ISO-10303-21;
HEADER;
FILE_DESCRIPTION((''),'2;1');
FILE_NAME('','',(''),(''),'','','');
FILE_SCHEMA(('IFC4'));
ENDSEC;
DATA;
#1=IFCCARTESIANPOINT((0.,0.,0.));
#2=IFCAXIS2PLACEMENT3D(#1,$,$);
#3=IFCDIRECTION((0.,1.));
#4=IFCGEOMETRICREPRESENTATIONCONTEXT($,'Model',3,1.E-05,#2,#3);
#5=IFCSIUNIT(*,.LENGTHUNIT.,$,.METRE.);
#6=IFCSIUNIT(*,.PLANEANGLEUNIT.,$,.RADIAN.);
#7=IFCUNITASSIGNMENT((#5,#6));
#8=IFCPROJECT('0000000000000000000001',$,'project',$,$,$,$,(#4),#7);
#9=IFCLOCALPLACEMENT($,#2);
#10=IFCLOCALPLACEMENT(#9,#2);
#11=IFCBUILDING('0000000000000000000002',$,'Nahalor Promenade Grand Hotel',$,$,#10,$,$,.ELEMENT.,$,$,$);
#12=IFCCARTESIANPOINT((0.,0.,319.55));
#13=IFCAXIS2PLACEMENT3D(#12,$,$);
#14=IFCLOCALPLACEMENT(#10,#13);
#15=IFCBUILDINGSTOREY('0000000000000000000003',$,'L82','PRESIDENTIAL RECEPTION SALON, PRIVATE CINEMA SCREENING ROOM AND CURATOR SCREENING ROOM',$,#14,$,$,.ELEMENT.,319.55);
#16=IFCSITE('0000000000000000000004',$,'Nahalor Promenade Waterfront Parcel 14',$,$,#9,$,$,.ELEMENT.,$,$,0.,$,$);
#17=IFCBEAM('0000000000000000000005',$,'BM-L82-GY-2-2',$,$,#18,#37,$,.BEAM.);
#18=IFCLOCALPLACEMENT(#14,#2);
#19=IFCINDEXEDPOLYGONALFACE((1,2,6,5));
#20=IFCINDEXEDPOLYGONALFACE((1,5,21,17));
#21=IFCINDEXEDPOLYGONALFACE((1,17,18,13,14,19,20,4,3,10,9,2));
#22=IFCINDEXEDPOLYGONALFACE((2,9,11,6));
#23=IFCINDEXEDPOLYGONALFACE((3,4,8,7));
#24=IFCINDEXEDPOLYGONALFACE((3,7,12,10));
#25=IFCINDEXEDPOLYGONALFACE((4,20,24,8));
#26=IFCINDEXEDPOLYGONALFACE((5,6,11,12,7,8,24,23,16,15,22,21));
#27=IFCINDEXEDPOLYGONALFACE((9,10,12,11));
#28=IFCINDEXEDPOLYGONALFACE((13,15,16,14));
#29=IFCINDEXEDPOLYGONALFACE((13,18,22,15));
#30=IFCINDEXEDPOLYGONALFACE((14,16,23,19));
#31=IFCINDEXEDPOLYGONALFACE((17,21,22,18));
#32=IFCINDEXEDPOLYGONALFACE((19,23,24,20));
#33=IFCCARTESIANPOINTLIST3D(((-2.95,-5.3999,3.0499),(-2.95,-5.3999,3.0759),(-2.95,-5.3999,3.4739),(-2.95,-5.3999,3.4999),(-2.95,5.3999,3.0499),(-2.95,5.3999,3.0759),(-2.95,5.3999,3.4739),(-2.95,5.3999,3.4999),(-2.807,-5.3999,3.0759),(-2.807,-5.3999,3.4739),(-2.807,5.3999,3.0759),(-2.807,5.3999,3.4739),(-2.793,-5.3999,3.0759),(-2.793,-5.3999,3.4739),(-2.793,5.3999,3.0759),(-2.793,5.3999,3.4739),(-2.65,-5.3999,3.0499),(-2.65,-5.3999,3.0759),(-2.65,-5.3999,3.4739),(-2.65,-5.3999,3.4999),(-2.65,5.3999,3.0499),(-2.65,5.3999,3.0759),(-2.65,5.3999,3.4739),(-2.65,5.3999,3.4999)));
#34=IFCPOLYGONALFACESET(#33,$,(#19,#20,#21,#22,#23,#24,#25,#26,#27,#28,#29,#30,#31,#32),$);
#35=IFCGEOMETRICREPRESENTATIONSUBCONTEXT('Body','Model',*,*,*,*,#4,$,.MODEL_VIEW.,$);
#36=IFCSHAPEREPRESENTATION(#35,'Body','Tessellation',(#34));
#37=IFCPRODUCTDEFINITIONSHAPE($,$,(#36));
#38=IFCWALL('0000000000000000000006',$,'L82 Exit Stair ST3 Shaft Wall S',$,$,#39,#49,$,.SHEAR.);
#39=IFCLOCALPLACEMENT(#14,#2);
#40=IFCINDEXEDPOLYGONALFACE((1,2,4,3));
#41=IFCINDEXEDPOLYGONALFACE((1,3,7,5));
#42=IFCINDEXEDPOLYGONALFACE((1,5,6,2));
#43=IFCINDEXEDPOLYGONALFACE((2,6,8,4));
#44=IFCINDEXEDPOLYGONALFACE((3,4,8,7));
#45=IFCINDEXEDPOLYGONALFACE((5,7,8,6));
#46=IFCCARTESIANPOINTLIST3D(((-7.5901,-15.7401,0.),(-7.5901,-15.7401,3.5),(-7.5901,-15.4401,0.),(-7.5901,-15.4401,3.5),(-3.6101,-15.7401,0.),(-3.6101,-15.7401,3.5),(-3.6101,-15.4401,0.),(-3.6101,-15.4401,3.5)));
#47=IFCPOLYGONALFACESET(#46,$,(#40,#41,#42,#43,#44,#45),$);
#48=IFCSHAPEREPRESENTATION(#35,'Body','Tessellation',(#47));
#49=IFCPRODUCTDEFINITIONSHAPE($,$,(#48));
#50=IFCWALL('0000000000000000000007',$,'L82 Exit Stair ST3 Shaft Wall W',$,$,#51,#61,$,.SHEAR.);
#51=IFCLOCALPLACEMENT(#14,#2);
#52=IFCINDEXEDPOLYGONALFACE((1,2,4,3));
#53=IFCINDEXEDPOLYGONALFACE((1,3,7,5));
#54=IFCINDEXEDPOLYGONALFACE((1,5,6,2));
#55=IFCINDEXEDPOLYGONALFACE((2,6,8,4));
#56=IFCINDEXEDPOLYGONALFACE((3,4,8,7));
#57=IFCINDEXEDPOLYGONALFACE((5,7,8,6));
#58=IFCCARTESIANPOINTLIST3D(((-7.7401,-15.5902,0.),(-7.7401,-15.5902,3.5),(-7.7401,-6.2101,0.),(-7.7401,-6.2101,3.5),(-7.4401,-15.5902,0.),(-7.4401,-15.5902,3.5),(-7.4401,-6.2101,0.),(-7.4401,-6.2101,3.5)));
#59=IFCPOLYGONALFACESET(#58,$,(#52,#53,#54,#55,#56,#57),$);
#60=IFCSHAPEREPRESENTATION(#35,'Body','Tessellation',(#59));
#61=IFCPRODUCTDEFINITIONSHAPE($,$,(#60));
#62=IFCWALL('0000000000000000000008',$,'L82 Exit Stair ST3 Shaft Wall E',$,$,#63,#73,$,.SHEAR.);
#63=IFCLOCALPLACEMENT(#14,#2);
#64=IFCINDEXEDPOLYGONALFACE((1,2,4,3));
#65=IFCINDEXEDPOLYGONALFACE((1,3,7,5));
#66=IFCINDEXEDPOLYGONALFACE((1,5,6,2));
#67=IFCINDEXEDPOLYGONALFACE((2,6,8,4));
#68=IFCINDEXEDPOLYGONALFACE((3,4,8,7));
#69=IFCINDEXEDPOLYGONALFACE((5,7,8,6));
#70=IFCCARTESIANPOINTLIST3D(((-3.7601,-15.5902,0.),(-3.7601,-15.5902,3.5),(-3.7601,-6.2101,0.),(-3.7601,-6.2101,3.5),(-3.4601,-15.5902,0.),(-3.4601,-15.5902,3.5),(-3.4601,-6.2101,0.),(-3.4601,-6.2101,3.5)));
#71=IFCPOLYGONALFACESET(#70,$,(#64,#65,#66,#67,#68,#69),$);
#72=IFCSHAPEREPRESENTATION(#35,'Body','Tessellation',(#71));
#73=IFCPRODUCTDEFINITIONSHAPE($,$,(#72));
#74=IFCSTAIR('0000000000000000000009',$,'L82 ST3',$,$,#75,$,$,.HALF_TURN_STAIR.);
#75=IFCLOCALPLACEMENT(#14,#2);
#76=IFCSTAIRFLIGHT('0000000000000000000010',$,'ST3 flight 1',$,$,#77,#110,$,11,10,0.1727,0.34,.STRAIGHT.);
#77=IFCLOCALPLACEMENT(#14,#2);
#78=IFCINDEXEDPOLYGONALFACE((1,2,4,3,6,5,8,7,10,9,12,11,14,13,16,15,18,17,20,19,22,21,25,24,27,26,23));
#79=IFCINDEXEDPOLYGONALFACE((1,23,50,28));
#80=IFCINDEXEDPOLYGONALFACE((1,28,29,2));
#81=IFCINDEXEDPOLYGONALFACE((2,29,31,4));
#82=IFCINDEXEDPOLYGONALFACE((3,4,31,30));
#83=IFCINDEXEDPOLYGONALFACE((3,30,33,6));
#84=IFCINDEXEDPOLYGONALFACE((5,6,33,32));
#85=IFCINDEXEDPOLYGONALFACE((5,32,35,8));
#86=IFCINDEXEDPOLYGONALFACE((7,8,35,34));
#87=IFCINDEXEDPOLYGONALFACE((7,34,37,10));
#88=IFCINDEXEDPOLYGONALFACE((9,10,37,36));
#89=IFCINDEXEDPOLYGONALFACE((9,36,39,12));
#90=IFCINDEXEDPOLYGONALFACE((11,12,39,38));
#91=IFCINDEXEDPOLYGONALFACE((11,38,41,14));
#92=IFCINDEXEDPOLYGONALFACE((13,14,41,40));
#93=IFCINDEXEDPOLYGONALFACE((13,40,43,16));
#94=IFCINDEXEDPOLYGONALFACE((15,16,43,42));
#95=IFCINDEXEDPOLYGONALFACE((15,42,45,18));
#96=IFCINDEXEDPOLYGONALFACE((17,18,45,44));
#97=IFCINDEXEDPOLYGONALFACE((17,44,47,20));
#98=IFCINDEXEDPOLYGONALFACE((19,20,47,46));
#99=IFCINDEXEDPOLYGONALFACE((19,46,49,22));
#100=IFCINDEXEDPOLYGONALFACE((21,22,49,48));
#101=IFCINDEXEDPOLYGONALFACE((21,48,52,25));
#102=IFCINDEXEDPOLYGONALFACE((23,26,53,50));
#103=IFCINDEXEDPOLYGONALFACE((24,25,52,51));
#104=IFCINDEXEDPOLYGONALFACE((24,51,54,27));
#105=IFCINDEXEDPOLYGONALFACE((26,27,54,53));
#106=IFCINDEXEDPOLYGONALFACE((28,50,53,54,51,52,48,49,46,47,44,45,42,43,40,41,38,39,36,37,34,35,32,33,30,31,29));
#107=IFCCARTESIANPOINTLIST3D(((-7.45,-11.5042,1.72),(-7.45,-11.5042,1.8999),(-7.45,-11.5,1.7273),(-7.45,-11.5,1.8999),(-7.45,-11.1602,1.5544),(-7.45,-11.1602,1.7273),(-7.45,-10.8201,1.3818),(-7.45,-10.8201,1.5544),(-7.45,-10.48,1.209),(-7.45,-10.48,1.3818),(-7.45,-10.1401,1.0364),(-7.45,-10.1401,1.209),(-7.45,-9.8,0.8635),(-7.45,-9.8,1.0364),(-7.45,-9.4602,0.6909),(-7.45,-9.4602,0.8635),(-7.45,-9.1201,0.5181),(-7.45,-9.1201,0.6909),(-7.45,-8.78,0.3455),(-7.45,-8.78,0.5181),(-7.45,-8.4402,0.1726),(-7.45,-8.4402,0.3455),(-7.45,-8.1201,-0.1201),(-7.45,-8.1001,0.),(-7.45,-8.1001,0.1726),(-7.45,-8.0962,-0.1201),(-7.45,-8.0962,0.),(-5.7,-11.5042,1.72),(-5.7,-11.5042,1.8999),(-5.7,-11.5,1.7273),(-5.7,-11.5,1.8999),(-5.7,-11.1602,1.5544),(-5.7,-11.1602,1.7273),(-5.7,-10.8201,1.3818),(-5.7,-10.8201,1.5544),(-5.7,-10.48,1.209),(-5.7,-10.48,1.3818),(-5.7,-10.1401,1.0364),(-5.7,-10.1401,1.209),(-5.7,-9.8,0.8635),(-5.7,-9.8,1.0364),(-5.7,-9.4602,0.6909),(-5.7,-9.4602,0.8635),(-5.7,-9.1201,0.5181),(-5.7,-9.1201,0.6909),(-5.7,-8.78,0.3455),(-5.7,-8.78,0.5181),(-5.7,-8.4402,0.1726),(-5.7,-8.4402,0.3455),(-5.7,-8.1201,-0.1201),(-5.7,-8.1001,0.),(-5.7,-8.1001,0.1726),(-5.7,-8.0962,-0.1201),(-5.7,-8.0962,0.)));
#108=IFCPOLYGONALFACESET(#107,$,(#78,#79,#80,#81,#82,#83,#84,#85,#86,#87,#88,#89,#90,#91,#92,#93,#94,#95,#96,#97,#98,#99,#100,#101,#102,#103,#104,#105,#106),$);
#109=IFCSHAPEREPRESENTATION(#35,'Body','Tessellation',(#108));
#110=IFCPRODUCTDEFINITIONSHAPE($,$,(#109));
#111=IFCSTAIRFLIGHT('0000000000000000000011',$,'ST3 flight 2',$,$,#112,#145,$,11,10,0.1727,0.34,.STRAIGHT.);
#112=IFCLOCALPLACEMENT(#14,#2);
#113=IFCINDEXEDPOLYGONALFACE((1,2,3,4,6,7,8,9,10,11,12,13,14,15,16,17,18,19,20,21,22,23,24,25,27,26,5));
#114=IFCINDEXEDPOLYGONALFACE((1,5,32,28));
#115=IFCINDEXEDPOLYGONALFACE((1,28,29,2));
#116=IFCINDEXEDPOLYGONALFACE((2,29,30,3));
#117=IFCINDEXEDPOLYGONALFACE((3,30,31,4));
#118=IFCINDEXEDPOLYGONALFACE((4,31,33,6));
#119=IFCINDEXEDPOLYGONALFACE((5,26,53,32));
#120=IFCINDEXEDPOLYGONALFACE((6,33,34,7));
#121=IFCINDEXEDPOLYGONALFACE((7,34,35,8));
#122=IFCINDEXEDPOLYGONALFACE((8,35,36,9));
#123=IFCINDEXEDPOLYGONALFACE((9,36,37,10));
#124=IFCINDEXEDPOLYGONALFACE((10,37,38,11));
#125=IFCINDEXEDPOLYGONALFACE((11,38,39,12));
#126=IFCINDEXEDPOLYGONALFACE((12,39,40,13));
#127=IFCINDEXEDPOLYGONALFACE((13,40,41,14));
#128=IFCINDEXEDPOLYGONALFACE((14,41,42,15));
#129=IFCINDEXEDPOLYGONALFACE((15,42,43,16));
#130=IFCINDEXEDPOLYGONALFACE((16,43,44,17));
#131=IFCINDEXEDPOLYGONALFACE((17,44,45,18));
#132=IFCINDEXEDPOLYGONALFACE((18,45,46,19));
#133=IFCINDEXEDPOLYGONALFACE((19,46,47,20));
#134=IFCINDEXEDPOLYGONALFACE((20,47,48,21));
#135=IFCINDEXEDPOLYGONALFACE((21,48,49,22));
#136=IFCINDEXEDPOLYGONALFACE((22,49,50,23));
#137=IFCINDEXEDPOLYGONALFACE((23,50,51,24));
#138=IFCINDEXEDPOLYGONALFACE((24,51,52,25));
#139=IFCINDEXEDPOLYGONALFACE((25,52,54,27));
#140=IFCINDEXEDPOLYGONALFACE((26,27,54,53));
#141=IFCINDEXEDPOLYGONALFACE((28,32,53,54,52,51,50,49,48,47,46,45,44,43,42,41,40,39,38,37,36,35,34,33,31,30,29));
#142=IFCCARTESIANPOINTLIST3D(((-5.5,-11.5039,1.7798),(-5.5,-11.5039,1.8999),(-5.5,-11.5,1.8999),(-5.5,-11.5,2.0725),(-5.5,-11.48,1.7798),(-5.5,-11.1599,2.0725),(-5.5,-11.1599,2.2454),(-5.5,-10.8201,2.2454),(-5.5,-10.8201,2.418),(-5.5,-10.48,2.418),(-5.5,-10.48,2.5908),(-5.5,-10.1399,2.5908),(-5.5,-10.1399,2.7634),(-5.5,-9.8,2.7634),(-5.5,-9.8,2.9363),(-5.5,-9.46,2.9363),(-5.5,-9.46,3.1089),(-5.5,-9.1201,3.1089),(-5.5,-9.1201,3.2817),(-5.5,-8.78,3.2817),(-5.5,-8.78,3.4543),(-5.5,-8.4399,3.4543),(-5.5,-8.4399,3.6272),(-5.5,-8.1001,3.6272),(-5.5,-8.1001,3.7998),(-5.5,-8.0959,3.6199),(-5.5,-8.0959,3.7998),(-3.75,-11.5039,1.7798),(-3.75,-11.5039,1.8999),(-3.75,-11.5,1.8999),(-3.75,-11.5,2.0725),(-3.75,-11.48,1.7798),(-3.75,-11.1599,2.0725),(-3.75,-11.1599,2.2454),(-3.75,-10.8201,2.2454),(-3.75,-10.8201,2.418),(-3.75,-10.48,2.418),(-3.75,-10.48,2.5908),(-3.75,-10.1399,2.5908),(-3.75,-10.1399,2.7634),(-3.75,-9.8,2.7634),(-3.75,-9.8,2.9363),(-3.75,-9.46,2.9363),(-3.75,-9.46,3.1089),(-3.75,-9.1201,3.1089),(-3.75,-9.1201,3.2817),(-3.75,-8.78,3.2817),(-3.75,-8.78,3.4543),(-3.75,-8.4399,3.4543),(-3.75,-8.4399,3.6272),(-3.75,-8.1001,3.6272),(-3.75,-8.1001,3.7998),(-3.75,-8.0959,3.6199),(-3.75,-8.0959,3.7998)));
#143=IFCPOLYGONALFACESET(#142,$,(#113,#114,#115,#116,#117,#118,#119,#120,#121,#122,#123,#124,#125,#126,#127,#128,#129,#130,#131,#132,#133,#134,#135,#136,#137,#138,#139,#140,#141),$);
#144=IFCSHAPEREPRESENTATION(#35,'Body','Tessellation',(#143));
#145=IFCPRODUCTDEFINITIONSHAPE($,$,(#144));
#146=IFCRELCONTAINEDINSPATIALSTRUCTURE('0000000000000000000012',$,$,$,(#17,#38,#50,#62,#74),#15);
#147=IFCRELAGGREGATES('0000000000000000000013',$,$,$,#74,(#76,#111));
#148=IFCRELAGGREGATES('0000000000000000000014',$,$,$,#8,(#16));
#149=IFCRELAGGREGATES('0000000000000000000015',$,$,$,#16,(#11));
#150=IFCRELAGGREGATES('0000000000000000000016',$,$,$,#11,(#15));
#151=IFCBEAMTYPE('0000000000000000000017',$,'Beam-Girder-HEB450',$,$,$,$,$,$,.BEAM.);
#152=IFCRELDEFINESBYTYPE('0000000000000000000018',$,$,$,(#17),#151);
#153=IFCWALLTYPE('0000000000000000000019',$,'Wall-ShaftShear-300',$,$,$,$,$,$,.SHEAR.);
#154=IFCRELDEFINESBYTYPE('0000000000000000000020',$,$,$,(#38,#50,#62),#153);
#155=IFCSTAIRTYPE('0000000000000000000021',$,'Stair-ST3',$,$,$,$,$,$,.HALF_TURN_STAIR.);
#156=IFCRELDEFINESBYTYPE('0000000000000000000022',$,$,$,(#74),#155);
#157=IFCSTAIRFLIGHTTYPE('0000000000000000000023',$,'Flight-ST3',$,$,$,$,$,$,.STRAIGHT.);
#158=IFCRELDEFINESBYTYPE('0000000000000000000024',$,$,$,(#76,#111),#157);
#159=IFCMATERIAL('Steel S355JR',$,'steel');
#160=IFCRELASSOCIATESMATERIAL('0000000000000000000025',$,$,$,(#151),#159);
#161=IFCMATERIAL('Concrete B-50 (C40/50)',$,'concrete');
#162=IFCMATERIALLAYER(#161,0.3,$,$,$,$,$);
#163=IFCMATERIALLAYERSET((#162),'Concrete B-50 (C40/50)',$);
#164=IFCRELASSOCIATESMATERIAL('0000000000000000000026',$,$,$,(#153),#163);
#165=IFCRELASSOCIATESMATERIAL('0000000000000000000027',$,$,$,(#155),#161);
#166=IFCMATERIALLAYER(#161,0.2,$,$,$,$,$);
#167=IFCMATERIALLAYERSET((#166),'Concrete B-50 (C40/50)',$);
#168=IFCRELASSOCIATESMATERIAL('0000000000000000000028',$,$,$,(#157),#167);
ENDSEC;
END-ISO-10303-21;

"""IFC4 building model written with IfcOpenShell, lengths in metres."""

from ifc_helpers import new_model, si_unit, direction, frame, frame_2d, origin, origin_2d, place, context, subcontext, project, spatial, polyline, rectangle, i_section, outline, extrude, source, transform, mapped, material, layer, layer_set, material_profile, profile_set, type_object, element, aggregate, save


model = new_model("IFC4")

# Units and contexts
model_context = context("Model", 3, precision=1e-05, world=origin(), true_north=direction((0.0, 1.0)))
body_context = subcontext(model_context, "Body", "Model", "MODEL_VIEW")
ifc_project = project(units=[si_unit("LENGTHUNIT", "METRE"), si_unit("PLANEANGLEUNIT", "RADIAN")], contexts=[model_context])

# Site, building, storey
site_placement = place(None, origin())
site = spatial("IfcSite", under=ifc_project, at=site_placement, Name="Nahalor Promenade Waterfront Parcel 14", CompositionType="ELEMENT", RefElevation=0.0)
building_placement = place(site_placement, origin())
building = spatial("IfcBuilding", under=site, at=building_placement, Name="Nahalor Promenade Grand Hotel", CompositionType="ELEMENT")
storey_placement = place(building_placement, frame((0.0, 0.0, 319.55)))
storey = spatial("IfcBuildingStorey", under=building, at=storey_placement, Name="L82", Description="PRESIDENTIAL RECEPTION SALON, PRIVATE CINEMA SCREENING ROOM AND CURATOR SCREENING ROOM", CompositionType="ELEMENT", Elevation=319.55)

# Shared definitions
ifc_material_1 = material(Name="Concrete B-50 (C40/50)", Category="concrete")

# Beam
ifc_material_2 = material(Name="Steel S355JR", Category="steel")
ifc_material_profile_1 = material_profile(ifc_material_2, i_section(OverallWidth=0.3, OverallDepth=0.45, WebThickness=0.014, FlangeThickness=0.026, at=origin_2d()), Name="HEB 450")
ifc_profile_set_1 = profile_set([ifc_material_profile_1], Name="Steel S355JR")
beam_type = type_object("IfcBeamType", Name="Beam-Girder-HEB450", PredefinedType="BEAM", material=ifc_profile_set_1)
shared_shape_1 = source(origin(), body_context, "Body", "SweptSolid", [
    extrude(i_section(OverallWidth=0.3, OverallDepth=0.45, WebThickness=0.014, FlangeThickness=0.026, at=origin_2d()), origin(), (0.0, 0.0, 1.0), 10.7998),
])
for number, where, z_axis, x_axis, name in (
    (1, (-2.8, -5.3999, 3.2749), (0.0, 1.0, 0.0), (-1.0, 0.0, 0.0), "BM-L82-GY-2-2"),
):
    element("IfcBeam", number, at=place(storey_placement, frame(where, z_axis=z_axis, x_axis=x_axis)), inside=storey, type_object=beam_type, Name=name, PredefinedType="BEAM", context=body_context, shape_type="MappedRepresentation", body=[
        mapped(shared_shape_1, transform((0.0, 0.0, 0.0), scale=1.0)),
    ])

# Wall
ifc_layer_1 = layer(ifc_material_1, 0.3)
ifc_layer_set_1 = layer_set([ifc_layer_1], Name="Concrete B-50 (C40/50)")
wall_type = type_object("IfcWallType", Name="Wall-ShaftShear-300", PredefinedType="SHEAR", material=ifc_layer_set_1)
shared_shape_2 = source(origin(), body_context, "Body", "SweptSolid", [
    extrude(rectangle(XDim=3.98, YDim=0.3, at=frame_2d((1.99, 0.0))), origin(), (0.0, 0.0, 1.0), 3.5),
])
wall_1_placement = place(storey_placement, frame((-7.5901, -15.5901, 0.0), z_axis=(0.0, 0.0, 1.0), x_axis=(1.0, 0.0, 0.0)))
element("IfcWall", 2, at=wall_1_placement, inside=storey, type_object=wall_type, Name="L82 Exit Stair ST3 Shaft Wall S", PredefinedType="SHEAR", context=body_context, shape_type="MappedRepresentation", body=[
    mapped(shared_shape_2, transform((0.0, 0.0, 0.0), scale=1.0)),
])

# Walls
shared_shape_3 = source(origin(), body_context, "Body", "SweptSolid", [
    extrude(rectangle(XDim=9.3801, YDim=0.3, at=frame_2d((4.6899, 0.0))), origin(), (0.0, 0.0, 1.0), 3.5),
])
for number, where, z_axis, x_axis, name in (
    (3, (-7.5901, -15.5901, 0.0), (0.0, 0.0, 1.0), (0.0, 1.0, 0.0), "L82 Exit Stair ST3 Shaft Wall W"),
    (4, (-3.6101, -15.5901, 0.0), (0.0, 0.0, 1.0), (0.0, 1.0, 0.0), "L82 Exit Stair ST3 Shaft Wall E"),
):
    element("IfcWall", number, at=place(storey_placement, frame(where, z_axis=z_axis, x_axis=x_axis)), inside=storey, type_object=wall_type, Name=name, PredefinedType="SHEAR", context=body_context, shape_type="MappedRepresentation", body=[
        mapped(shared_shape_3, transform((0.0, 0.0, 0.0), scale=1.0)),
    ])

# Stair, stair flights
stair_type = type_object("IfcStairType", Name="Stair-ST3", PredefinedType="HALF_TURN_STAIR", material=ifc_material_1)
stair_placement = place(storey_placement, origin())
stair = element("IfcStair", 5, at=stair_placement, inside=storey, type_object=stair_type, Name="L82 ST3", PredefinedType="HALF_TURN_STAIR")
ifc_layer_2 = layer(ifc_material_1, 0.2)
ifc_layer_set_2 = layer_set([ifc_layer_2], Name="Concrete B-50 (C40/50)")
stair_flight_type = type_object("IfcStairFlightType", Name="Flight-ST3", PredefinedType="STRAIGHT", material=ifc_layer_set_2)
shared_shape_4 = source(origin(), body_context, "Body", "SweptSolid", [
    extrude(outline(polyline([(-0.0039, -0.1201), (-0.0039, 0.0), (0.0, 0.0), (0.0, 0.1726), (0.3401, 0.1726), (0.3401, 0.3455), (0.6799, 0.3455), (0.6799, 0.5181), (1.02, 0.5181), (1.02, 0.6909), (1.3601, 0.6909), (1.3601, 0.8635), (1.7, 0.8635), (1.7, 1.0364), (2.04, 1.0364), (2.04, 1.209), (2.3799, 1.209), (2.3799, 1.3818), (2.72, 1.3818), (2.72, 1.5544), (3.0601, 1.5544), (3.0601, 1.7273), (3.3999, 1.7273), (3.3999, 1.8999), (3.4041, 1.8999), (3.4041, 1.72), (0.02, -0.1201), (-0.0039, -0.1201)])), frame((0.0, 0.875, 0.0), z_axis=(0.0, -1.0, 0.0), x_axis=(1.0, 0.0, 0.0)), (0.0, 0.0, 1.0), 1.75),
])
stair_flight_1_placement = place(storey_placement, frame((-6.575, -8.1001, 0.0), z_axis=(0.0, 0.0, 1.0), x_axis=(0.0, -1.0, 0.0)))
stair_flight_1 = element("IfcStairFlight", 6, at=stair_flight_1_placement, type_object=stair_flight_type, Name="ST3 flight 1", NumberOfRisers=11, NumberOfTreads=10, PredefinedType="STRAIGHT", RiserHeight=0.1727, TreadLength=0.34, context=body_context, shape_type="MappedRepresentation", body=[
    mapped(shared_shape_4, transform((0.0, 0.0, 0.0), scale=1.0)),
])
stair_flight_2_placement = place(storey_placement, frame((-4.625, -11.5, 1.8999), z_axis=(0.0, 0.0, 1.0), x_axis=(0.0, 1.0, 0.0)))
stair_flight_2 = element("IfcStairFlight", 7, at=stair_flight_2_placement, type_object=stair_flight_type, Name="ST3 flight 2", NumberOfRisers=11, NumberOfTreads=10, PredefinedType="STRAIGHT", RiserHeight=0.1727, TreadLength=0.34, context=body_context, shape_type="MappedRepresentation", body=[
    mapped(shared_shape_4, transform((0.0, 0.0, 0.0), scale=1.0)),
])
aggregate(stair, [stair_flight_1, stair_flight_2])

save(model, "model.ifc")
